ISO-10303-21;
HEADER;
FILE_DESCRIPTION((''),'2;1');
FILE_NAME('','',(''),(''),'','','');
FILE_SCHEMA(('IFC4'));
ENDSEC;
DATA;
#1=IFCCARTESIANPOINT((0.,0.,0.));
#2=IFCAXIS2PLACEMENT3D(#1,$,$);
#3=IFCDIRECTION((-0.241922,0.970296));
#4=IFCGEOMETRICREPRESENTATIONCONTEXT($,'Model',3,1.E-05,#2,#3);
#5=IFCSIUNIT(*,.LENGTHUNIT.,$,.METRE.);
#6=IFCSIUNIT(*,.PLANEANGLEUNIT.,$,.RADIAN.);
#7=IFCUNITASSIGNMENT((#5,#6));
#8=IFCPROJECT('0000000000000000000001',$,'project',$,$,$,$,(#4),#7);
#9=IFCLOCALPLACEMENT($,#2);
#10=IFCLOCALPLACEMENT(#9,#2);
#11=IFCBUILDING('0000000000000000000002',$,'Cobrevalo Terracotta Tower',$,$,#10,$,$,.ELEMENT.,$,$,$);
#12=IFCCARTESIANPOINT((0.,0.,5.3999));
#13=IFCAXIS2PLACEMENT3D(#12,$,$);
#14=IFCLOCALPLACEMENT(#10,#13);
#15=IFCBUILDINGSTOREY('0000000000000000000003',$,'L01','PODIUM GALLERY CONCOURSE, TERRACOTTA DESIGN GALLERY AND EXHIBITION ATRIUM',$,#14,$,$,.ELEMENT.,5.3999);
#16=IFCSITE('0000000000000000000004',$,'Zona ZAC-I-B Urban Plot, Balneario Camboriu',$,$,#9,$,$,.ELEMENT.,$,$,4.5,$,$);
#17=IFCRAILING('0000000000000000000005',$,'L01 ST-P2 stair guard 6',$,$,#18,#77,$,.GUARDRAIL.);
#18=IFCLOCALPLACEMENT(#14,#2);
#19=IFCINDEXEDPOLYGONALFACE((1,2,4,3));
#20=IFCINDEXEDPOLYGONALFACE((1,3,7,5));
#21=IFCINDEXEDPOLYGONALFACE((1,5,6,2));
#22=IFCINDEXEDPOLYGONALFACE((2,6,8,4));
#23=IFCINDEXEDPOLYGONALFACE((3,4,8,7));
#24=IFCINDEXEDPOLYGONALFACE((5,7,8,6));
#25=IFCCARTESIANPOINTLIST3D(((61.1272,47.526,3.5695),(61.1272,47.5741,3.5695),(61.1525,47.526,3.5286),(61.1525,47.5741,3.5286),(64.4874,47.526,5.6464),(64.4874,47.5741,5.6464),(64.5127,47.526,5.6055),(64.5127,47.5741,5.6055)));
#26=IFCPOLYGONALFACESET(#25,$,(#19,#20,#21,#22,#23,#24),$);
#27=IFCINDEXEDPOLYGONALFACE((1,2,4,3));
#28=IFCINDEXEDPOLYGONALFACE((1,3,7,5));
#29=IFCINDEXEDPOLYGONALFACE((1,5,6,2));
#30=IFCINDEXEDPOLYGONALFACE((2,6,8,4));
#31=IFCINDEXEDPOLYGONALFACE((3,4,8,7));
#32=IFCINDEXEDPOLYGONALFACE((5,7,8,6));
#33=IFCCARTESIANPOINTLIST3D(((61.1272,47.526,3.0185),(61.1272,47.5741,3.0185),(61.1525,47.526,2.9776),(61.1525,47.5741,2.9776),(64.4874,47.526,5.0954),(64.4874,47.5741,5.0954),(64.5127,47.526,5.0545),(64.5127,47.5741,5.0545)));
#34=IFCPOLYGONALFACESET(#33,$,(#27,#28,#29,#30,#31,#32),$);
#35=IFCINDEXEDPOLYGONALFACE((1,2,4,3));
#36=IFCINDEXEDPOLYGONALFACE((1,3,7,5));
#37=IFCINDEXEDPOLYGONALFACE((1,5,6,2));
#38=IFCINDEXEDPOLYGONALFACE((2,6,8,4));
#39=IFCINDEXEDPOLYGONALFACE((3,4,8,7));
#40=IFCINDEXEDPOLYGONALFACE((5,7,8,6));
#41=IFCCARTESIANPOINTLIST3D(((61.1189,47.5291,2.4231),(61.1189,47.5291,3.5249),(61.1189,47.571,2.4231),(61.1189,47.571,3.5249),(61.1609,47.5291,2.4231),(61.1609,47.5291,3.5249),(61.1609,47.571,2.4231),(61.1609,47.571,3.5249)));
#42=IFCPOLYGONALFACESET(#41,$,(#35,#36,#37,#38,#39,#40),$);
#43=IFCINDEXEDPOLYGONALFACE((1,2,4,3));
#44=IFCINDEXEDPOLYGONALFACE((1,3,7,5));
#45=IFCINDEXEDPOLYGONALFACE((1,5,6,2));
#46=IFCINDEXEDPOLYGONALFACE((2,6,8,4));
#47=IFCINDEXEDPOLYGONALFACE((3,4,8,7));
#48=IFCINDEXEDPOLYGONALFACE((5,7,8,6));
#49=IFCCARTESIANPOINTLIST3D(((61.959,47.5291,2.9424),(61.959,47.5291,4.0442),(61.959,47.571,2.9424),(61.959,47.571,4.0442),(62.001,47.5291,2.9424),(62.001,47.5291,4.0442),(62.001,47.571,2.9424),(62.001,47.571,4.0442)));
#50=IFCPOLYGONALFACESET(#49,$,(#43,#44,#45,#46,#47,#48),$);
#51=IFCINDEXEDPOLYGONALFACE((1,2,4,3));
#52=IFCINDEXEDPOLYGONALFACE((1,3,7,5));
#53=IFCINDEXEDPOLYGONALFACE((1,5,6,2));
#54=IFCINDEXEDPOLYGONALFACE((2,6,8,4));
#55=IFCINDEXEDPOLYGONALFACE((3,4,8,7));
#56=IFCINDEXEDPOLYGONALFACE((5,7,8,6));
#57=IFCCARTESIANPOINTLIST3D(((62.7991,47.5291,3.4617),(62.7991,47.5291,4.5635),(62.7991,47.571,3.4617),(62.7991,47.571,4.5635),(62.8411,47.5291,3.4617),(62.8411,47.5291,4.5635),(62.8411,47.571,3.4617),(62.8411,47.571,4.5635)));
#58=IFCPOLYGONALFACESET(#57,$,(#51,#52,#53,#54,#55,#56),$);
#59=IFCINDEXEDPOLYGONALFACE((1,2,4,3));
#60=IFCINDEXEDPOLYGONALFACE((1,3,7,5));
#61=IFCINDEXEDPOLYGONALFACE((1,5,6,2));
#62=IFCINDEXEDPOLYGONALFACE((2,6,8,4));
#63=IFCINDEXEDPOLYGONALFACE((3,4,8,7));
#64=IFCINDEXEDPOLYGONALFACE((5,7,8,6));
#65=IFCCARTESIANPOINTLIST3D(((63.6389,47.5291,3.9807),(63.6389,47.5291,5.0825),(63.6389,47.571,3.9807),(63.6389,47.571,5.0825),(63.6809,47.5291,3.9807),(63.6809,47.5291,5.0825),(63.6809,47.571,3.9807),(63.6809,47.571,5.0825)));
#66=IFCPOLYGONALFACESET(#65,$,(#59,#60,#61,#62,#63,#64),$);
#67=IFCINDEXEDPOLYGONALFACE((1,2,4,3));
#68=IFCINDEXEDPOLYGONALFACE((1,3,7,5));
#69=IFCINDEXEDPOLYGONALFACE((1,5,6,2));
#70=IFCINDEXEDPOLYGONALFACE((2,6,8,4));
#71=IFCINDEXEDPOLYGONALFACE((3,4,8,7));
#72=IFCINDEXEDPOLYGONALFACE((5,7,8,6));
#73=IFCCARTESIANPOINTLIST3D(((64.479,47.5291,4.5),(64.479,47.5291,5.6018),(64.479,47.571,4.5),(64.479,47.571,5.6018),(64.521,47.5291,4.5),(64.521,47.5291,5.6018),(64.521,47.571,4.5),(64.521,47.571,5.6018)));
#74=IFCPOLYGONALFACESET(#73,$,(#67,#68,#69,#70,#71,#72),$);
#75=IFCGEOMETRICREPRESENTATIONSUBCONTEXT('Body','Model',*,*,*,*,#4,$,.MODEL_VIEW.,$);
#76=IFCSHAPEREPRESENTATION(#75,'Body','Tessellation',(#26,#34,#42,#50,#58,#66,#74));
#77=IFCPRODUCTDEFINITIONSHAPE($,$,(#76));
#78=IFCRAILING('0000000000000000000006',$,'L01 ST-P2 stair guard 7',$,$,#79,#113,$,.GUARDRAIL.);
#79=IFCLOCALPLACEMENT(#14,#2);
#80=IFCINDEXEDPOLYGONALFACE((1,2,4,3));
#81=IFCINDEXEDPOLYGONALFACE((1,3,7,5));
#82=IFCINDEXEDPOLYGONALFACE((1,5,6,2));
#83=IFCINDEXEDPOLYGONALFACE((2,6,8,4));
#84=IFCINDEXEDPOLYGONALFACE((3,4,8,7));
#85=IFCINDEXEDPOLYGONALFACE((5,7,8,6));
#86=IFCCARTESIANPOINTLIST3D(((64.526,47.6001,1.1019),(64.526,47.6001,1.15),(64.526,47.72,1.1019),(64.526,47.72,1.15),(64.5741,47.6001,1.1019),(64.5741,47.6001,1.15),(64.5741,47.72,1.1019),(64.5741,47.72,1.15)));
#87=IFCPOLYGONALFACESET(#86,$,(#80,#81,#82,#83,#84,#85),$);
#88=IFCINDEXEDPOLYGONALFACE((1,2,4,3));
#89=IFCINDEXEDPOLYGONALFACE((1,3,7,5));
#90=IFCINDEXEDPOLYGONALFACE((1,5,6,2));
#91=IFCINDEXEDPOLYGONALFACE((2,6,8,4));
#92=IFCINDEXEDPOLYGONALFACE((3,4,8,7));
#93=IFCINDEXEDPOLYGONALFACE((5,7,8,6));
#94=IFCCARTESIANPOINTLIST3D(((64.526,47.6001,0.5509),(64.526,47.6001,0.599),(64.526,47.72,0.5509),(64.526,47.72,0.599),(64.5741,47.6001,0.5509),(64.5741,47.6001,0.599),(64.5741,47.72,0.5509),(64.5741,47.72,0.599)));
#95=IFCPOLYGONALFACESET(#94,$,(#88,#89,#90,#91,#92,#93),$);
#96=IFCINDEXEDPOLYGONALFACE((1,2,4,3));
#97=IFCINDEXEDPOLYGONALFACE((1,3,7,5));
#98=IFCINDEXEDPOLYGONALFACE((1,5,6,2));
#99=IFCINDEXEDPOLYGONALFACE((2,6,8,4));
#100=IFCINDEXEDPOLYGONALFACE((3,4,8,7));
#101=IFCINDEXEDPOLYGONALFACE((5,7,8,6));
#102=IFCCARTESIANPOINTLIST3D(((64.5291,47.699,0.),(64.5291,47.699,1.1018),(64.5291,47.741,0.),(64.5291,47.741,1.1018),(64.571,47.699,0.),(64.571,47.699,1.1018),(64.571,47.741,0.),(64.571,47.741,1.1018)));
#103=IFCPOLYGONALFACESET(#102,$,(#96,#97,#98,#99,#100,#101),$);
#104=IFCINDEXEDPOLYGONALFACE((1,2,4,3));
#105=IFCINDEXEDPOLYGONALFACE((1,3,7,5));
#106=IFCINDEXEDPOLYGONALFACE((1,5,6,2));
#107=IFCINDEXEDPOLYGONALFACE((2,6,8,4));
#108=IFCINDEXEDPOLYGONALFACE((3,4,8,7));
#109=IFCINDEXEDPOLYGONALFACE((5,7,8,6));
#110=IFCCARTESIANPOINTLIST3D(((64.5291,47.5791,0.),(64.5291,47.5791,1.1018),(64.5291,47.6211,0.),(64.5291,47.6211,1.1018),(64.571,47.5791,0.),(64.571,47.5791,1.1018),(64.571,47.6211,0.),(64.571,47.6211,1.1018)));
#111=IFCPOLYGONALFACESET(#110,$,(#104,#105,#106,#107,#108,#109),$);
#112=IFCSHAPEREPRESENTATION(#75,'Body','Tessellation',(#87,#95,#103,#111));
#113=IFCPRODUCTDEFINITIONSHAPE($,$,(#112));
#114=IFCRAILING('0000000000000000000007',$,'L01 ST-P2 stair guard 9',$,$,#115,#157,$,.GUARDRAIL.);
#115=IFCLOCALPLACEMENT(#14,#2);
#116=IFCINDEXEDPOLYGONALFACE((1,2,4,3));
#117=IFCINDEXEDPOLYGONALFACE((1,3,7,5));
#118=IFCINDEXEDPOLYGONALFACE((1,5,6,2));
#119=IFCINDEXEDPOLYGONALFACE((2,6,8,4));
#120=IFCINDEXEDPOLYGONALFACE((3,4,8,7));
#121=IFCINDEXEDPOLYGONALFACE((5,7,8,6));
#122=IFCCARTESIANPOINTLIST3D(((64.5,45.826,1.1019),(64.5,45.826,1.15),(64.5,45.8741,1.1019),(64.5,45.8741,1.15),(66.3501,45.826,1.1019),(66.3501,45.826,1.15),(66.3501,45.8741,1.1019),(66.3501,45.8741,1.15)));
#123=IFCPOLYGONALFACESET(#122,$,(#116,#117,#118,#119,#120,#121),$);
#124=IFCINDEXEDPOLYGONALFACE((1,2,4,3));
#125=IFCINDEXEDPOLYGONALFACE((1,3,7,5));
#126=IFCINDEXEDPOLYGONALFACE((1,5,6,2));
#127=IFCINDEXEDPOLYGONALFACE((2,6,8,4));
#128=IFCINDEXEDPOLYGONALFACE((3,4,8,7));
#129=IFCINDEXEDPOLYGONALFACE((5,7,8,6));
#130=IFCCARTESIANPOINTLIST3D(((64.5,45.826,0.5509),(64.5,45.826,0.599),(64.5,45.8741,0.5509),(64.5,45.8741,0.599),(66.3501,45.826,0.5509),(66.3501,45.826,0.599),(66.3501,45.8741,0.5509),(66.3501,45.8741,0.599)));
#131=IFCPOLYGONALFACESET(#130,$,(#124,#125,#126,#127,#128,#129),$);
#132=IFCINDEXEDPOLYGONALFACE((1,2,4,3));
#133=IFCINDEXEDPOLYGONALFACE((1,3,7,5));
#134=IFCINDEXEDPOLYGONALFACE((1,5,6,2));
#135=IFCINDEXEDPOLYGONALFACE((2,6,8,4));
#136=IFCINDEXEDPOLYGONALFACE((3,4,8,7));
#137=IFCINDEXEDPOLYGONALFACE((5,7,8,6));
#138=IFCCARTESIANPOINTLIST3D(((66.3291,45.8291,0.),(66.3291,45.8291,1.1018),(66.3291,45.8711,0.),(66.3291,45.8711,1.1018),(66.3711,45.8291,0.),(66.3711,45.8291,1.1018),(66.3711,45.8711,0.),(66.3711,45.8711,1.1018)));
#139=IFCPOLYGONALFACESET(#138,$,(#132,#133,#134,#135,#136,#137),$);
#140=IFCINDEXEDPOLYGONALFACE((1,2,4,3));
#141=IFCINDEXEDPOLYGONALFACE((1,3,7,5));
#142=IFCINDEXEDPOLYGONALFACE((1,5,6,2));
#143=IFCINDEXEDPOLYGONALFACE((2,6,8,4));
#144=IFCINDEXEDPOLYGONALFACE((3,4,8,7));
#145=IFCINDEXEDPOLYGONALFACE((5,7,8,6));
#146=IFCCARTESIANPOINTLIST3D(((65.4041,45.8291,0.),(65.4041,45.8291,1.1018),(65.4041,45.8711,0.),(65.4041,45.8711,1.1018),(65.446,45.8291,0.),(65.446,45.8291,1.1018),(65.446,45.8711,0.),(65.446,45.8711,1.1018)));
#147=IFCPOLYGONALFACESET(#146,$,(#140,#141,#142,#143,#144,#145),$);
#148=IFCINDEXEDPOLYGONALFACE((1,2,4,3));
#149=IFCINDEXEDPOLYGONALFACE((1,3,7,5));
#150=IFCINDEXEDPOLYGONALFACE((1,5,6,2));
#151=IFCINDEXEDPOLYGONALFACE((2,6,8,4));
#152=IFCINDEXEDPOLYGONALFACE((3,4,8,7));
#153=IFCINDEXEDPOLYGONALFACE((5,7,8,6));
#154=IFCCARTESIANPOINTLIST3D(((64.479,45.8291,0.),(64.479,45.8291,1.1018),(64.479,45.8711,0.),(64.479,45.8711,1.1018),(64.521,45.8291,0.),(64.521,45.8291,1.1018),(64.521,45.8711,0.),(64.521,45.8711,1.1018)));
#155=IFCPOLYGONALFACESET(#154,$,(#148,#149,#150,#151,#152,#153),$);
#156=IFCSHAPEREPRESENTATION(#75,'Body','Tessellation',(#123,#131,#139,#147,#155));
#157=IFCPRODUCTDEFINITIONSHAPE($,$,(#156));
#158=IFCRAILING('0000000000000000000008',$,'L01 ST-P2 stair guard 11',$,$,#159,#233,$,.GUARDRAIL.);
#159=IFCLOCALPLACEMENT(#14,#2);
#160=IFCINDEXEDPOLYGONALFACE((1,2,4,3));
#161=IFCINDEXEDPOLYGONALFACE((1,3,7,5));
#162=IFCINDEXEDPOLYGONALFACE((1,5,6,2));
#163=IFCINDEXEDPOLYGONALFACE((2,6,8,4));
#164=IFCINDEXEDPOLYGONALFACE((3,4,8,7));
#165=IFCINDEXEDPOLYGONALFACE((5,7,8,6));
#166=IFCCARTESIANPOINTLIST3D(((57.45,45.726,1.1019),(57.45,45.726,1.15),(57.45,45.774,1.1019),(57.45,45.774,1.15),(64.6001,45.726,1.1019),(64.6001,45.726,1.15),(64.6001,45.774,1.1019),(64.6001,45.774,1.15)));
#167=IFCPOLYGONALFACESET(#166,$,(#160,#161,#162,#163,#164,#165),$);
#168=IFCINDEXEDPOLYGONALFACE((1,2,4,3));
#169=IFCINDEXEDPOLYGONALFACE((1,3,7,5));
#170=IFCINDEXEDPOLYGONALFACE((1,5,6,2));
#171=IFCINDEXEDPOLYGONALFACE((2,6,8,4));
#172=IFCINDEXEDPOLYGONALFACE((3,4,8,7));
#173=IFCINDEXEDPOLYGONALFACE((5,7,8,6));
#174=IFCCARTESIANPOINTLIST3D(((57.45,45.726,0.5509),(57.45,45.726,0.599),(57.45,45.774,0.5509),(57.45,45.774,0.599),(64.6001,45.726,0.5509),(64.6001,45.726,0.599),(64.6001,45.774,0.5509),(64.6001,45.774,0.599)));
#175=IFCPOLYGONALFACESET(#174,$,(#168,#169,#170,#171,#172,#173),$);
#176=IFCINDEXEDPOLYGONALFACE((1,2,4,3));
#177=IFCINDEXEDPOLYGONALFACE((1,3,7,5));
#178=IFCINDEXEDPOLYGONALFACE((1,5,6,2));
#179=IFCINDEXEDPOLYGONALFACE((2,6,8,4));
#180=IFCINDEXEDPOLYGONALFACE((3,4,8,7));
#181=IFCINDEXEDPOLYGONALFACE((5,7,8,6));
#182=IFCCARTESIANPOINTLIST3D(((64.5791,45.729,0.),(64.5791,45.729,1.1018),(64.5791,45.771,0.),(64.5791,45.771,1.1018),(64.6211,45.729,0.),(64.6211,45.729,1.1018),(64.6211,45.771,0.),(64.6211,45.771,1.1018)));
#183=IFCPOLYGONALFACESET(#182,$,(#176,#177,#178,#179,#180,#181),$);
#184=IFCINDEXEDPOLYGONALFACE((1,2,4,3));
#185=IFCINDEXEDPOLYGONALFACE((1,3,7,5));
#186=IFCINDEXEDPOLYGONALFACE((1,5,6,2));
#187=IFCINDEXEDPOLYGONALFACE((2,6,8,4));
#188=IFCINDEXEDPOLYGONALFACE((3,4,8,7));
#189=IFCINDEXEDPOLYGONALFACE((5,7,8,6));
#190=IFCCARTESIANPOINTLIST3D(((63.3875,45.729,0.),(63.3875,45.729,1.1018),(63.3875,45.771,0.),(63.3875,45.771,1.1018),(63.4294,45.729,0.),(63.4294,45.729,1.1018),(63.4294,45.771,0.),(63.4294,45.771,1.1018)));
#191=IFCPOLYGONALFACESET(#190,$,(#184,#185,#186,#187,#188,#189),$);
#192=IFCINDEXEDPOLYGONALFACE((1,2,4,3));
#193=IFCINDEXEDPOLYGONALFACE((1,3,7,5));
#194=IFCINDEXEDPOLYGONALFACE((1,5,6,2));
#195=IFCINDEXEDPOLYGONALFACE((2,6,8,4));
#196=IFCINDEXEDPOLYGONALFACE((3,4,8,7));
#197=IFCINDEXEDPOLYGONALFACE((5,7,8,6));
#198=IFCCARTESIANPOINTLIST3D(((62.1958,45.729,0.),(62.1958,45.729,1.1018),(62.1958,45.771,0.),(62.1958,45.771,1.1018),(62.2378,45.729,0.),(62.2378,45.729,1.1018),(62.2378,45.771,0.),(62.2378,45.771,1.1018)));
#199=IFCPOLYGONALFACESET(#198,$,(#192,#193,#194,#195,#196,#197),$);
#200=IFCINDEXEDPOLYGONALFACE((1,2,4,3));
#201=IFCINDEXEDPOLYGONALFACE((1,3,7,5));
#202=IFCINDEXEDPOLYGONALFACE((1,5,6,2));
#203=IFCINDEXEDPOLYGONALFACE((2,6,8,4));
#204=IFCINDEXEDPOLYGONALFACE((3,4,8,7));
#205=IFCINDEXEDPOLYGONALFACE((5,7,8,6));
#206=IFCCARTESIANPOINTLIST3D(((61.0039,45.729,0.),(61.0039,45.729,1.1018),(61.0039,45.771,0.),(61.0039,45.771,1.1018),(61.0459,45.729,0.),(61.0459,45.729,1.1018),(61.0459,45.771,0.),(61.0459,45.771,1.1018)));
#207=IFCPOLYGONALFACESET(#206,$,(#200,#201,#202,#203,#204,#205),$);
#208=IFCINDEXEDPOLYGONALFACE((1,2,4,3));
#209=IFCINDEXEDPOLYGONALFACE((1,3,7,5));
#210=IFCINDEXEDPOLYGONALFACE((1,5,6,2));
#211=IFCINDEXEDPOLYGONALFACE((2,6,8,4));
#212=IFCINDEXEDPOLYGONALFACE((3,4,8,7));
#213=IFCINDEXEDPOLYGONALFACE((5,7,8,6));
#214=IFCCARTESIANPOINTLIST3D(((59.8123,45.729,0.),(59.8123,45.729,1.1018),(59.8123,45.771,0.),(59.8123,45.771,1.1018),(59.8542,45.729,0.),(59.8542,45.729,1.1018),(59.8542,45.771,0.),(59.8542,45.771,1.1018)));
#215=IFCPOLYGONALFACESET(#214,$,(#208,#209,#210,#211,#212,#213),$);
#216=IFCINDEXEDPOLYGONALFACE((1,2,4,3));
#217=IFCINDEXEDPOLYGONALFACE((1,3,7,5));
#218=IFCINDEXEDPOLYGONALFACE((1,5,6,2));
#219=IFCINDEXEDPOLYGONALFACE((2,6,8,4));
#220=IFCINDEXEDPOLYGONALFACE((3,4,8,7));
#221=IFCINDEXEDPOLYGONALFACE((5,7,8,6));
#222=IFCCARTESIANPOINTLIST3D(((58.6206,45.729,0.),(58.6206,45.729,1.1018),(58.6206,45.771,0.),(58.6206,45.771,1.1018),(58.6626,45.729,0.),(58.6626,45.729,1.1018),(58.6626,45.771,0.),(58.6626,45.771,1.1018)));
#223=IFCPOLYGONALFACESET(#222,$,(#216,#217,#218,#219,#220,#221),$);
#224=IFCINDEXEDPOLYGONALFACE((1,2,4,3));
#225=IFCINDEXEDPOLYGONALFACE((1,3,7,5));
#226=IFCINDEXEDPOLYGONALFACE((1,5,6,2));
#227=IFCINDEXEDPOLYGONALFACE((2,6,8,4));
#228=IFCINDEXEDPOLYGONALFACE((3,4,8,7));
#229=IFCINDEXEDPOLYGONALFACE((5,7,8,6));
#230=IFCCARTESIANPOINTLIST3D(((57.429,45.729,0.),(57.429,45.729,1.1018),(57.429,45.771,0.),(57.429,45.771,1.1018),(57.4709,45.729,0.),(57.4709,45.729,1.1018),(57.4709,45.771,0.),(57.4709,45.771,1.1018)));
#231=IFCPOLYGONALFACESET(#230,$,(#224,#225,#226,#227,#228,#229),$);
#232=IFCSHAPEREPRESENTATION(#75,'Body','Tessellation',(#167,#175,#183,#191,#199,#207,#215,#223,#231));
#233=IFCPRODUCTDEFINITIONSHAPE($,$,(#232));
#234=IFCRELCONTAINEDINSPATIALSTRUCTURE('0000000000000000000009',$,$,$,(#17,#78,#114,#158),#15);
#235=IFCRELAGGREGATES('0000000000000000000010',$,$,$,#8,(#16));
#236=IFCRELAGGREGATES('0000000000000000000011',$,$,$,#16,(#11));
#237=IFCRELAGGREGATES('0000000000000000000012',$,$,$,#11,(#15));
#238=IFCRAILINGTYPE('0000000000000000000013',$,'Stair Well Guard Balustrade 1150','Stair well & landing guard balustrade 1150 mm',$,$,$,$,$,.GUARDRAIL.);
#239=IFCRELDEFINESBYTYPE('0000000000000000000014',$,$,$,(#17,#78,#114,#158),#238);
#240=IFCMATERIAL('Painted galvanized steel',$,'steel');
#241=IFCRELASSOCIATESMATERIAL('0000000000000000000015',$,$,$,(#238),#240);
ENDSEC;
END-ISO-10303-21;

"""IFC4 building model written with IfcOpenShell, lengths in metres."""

from ifc_helpers import new_model, si_unit, direction, frame, origin, origin_2d, place, context, subcontext, project, spatial, rectangle, extrude, material, type_object, element, save


model = new_model("IFC4")

# Units and contexts
model_context = context("Model", 3, precision=1e-05, world=origin(), true_north=direction((-0.241922, 0.970296)))
body_context = subcontext(model_context, "Body", "Model", "MODEL_VIEW")
ifc_project = project(units=[si_unit("LENGTHUNIT", "METRE"), si_unit("PLANEANGLEUNIT", "RADIAN")], contexts=[model_context])

# Site, building, storey
site_placement = place(None, origin())
site = spatial("IfcSite", under=ifc_project, at=site_placement, Name="Zona ZAC-I-B Urban Plot, Balneario Camboriu", CompositionType="ELEMENT", RefElevation=4.5)
building_placement = place(site_placement, origin())
building = spatial("IfcBuilding", under=site, at=building_placement, Name="Cobrevalo Terracotta Tower", CompositionType="ELEMENT")
storey_placement = place(building_placement, frame((0.0, 0.0, 5.3999)))
storey = spatial("IfcBuildingStorey", under=building, at=storey_placement, Name="L01", Description="PODIUM GALLERY CONCOURSE, TERRACOTTA DESIGN GALLERY AND EXHIBITION ATRIUM", CompositionType="ELEMENT", Elevation=5.3999)

# Railings
ifc_material_1 = material(Name="Painted galvanized steel", Category="steel")
railing_type_1 = type_object("IfcRailingType", Name="Stair Well Guard Balustrade 1150", Description="Stair well & landing guard balustrade 1150 mm", PredefinedType="GUARDRAIL", material=ifc_material_1)
railing_1_placement = place(storey_placement, frame((61.1399, 47.55, 2.4231)))
element("IfcRailing", 1, at=railing_1_placement, inside=storey, type_object=railing_type_1, Name="L01 ST-P2 stair guard 6", PredefinedType="GUARDRAIL", context=body_context, shape_type="SweptSolid", body=[
    extrude(rectangle(XDim=0.0481, YDim=0.0481, at=origin_2d()), frame((0.0, 0.0, 1.126), z_axis=(0.850623, 0.0, 0.525776), x_axis=(0.0, 1.0, 0.0)), (0.0, 0.0, 1.0), 3.9502),
    extrude(rectangle(XDim=0.0481, YDim=0.0481, at=origin_2d()), frame((0.0, 0.0, 0.575), z_axis=(0.850623, 0.0, 0.525776), x_axis=(0.0, 1.0, 0.0)), (0.0, 0.0, 1.0), 3.9502),
    extrude(rectangle(XDim=0.042, YDim=0.042, at=origin_2d()), origin(), (0.0, 0.0, 1.0), 1.1018),
    extrude(rectangle(XDim=0.042, YDim=0.042, at=origin_2d()), frame((0.8401, 0.0, 0.5193)), (0.0, 0.0, 1.0), 1.1018),
    extrude(rectangle(XDim=0.042, YDim=0.042, at=origin_2d()), frame((1.6802, 0.0, 1.0386)), (0.0, 0.0, 1.0), 1.1018),
    extrude(rectangle(XDim=0.042, YDim=0.042, at=origin_2d()), frame((2.52, 0.0, 1.5576)), (0.0, 0.0, 1.0), 1.1018),
    extrude(rectangle(XDim=0.042, YDim=0.042, at=origin_2d()), frame((3.3601, 0.0, 2.0769)), (0.0, 0.0, 1.0), 1.1018),
])
railing_2_placement = place(storey_placement, frame((64.55, 47.72, 0.0)))
element("IfcRailing", 2, at=railing_2_placement, inside=storey, type_object=railing_type_1, Name="L01 ST-P2 stair guard 7", PredefinedType="GUARDRAIL", context=body_context, shape_type="SweptSolid", body=[
    extrude(rectangle(XDim=0.0481, YDim=0.0481, at=origin_2d()), frame((0.0, 0.0, 1.126), z_axis=(0.0, -1.0, 0.0), x_axis=(1.0, 0.0, 0.0)), (0.0, 0.0, 1.0), 0.1199),
    extrude(rectangle(XDim=0.0481, YDim=0.0481, at=origin_2d()), frame((0.0, 0.0, 0.575), z_axis=(0.0, -1.0, 0.0), x_axis=(1.0, 0.0, 0.0)), (0.0, 0.0, 1.0), 0.1199),
    extrude(rectangle(XDim=0.042, YDim=0.042, at=origin_2d()), origin(), (0.0, 0.0, 1.0), 1.1018),
    extrude(rectangle(XDim=0.042, YDim=0.042, at=origin_2d()), frame((0.0, -0.1199, 0.0)), (0.0, 0.0, 1.0), 1.1018),
])
railing_3_placement = place(storey_placement, frame((66.3501, 45.8501, 0.0)))
element("IfcRailing", 3, at=railing_3_placement, inside=storey, type_object=railing_type_1, Name="L01 ST-P2 stair guard 9", PredefinedType="GUARDRAIL", context=body_context, shape_type="SweptSolid", body=[
    extrude(rectangle(XDim=0.0481, YDim=0.0481, at=origin_2d()), frame((0.0, 0.0, 1.126), z_axis=(-1.0, 0.0, 0.0), x_axis=(0.0, -1.0, 0.0)), (0.0, 0.0, 1.0), 1.8501),
    extrude(rectangle(XDim=0.0481, YDim=0.0481, at=origin_2d()), frame((0.0, 0.0, 0.575), z_axis=(-1.0, 0.0, 0.0), x_axis=(0.0, -1.0, 0.0)), (0.0, 0.0, 1.0), 1.8501),
    extrude(rectangle(XDim=0.042, YDim=0.042, at=origin_2d()), origin(), (0.0, 0.0, 1.0), 1.1018),
    extrude(rectangle(XDim=0.042, YDim=0.042, at=origin_2d()), frame((-0.925, 0.0, 0.0)), (0.0, 0.0, 1.0), 1.1018),
    extrude(rectangle(XDim=0.042, YDim=0.042, at=origin_2d()), frame((-1.8501, 0.0, 0.0)), (0.0, 0.0, 1.0), 1.1018),
])
railing_4_placement = place(storey_placement, frame((64.6001, 45.75, 0.0)))
element("IfcRailing", 4, at=railing_4_placement, inside=storey, type_object=railing_type_1, Name="L01 ST-P2 stair guard 11", PredefinedType="GUARDRAIL", context=body_context, shape_type="SweptSolid", body=[
    extrude(rectangle(XDim=0.0481, YDim=0.0481, at=origin_2d()), frame((0.0, 0.0, 1.126), z_axis=(-1.0, 0.0, 0.0), x_axis=(0.0, -1.0, 0.0)), (0.0, 0.0, 1.0), 7.1501),
    extrude(rectangle(XDim=0.0481, YDim=0.0481, at=origin_2d()), frame((0.0, 0.0, 0.575), z_axis=(-1.0, 0.0, 0.0), x_axis=(0.0, -1.0, 0.0)), (0.0, 0.0, 1.0), 7.1501),
    extrude(rectangle(XDim=0.042, YDim=0.042, at=origin_2d()), origin(), (0.0, 0.0, 1.0), 1.1018),
    extrude(rectangle(XDim=0.042, YDim=0.042, at=origin_2d()), frame((-1.1917, 0.0, 0.0)), (0.0, 0.0, 1.0), 1.1018),
    extrude(rectangle(XDim=0.042, YDim=0.042, at=origin_2d()), frame((-2.3833, 0.0, 0.0)), (0.0, 0.0, 1.0), 1.1018),
    extrude(rectangle(XDim=0.042, YDim=0.042, at=origin_2d()), frame((-3.5752, 0.0, 0.0)), (0.0, 0.0, 1.0), 1.1018),
    extrude(rectangle(XDim=0.042, YDim=0.042, at=origin_2d()), frame((-4.7668, 0.0, 0.0)), (0.0, 0.0, 1.0), 1.1018),
    extrude(rectangle(XDim=0.042, YDim=0.042, at=origin_2d()), frame((-5.9585, 0.0, 0.0)), (0.0, 0.0, 1.0), 1.1018),
    extrude(rectangle(XDim=0.042, YDim=0.042, at=origin_2d()), frame((-7.1501, 0.0, 0.0)), (0.0, 0.0, 1.0), 1.1018),
])

save(model, "model.ifc")
